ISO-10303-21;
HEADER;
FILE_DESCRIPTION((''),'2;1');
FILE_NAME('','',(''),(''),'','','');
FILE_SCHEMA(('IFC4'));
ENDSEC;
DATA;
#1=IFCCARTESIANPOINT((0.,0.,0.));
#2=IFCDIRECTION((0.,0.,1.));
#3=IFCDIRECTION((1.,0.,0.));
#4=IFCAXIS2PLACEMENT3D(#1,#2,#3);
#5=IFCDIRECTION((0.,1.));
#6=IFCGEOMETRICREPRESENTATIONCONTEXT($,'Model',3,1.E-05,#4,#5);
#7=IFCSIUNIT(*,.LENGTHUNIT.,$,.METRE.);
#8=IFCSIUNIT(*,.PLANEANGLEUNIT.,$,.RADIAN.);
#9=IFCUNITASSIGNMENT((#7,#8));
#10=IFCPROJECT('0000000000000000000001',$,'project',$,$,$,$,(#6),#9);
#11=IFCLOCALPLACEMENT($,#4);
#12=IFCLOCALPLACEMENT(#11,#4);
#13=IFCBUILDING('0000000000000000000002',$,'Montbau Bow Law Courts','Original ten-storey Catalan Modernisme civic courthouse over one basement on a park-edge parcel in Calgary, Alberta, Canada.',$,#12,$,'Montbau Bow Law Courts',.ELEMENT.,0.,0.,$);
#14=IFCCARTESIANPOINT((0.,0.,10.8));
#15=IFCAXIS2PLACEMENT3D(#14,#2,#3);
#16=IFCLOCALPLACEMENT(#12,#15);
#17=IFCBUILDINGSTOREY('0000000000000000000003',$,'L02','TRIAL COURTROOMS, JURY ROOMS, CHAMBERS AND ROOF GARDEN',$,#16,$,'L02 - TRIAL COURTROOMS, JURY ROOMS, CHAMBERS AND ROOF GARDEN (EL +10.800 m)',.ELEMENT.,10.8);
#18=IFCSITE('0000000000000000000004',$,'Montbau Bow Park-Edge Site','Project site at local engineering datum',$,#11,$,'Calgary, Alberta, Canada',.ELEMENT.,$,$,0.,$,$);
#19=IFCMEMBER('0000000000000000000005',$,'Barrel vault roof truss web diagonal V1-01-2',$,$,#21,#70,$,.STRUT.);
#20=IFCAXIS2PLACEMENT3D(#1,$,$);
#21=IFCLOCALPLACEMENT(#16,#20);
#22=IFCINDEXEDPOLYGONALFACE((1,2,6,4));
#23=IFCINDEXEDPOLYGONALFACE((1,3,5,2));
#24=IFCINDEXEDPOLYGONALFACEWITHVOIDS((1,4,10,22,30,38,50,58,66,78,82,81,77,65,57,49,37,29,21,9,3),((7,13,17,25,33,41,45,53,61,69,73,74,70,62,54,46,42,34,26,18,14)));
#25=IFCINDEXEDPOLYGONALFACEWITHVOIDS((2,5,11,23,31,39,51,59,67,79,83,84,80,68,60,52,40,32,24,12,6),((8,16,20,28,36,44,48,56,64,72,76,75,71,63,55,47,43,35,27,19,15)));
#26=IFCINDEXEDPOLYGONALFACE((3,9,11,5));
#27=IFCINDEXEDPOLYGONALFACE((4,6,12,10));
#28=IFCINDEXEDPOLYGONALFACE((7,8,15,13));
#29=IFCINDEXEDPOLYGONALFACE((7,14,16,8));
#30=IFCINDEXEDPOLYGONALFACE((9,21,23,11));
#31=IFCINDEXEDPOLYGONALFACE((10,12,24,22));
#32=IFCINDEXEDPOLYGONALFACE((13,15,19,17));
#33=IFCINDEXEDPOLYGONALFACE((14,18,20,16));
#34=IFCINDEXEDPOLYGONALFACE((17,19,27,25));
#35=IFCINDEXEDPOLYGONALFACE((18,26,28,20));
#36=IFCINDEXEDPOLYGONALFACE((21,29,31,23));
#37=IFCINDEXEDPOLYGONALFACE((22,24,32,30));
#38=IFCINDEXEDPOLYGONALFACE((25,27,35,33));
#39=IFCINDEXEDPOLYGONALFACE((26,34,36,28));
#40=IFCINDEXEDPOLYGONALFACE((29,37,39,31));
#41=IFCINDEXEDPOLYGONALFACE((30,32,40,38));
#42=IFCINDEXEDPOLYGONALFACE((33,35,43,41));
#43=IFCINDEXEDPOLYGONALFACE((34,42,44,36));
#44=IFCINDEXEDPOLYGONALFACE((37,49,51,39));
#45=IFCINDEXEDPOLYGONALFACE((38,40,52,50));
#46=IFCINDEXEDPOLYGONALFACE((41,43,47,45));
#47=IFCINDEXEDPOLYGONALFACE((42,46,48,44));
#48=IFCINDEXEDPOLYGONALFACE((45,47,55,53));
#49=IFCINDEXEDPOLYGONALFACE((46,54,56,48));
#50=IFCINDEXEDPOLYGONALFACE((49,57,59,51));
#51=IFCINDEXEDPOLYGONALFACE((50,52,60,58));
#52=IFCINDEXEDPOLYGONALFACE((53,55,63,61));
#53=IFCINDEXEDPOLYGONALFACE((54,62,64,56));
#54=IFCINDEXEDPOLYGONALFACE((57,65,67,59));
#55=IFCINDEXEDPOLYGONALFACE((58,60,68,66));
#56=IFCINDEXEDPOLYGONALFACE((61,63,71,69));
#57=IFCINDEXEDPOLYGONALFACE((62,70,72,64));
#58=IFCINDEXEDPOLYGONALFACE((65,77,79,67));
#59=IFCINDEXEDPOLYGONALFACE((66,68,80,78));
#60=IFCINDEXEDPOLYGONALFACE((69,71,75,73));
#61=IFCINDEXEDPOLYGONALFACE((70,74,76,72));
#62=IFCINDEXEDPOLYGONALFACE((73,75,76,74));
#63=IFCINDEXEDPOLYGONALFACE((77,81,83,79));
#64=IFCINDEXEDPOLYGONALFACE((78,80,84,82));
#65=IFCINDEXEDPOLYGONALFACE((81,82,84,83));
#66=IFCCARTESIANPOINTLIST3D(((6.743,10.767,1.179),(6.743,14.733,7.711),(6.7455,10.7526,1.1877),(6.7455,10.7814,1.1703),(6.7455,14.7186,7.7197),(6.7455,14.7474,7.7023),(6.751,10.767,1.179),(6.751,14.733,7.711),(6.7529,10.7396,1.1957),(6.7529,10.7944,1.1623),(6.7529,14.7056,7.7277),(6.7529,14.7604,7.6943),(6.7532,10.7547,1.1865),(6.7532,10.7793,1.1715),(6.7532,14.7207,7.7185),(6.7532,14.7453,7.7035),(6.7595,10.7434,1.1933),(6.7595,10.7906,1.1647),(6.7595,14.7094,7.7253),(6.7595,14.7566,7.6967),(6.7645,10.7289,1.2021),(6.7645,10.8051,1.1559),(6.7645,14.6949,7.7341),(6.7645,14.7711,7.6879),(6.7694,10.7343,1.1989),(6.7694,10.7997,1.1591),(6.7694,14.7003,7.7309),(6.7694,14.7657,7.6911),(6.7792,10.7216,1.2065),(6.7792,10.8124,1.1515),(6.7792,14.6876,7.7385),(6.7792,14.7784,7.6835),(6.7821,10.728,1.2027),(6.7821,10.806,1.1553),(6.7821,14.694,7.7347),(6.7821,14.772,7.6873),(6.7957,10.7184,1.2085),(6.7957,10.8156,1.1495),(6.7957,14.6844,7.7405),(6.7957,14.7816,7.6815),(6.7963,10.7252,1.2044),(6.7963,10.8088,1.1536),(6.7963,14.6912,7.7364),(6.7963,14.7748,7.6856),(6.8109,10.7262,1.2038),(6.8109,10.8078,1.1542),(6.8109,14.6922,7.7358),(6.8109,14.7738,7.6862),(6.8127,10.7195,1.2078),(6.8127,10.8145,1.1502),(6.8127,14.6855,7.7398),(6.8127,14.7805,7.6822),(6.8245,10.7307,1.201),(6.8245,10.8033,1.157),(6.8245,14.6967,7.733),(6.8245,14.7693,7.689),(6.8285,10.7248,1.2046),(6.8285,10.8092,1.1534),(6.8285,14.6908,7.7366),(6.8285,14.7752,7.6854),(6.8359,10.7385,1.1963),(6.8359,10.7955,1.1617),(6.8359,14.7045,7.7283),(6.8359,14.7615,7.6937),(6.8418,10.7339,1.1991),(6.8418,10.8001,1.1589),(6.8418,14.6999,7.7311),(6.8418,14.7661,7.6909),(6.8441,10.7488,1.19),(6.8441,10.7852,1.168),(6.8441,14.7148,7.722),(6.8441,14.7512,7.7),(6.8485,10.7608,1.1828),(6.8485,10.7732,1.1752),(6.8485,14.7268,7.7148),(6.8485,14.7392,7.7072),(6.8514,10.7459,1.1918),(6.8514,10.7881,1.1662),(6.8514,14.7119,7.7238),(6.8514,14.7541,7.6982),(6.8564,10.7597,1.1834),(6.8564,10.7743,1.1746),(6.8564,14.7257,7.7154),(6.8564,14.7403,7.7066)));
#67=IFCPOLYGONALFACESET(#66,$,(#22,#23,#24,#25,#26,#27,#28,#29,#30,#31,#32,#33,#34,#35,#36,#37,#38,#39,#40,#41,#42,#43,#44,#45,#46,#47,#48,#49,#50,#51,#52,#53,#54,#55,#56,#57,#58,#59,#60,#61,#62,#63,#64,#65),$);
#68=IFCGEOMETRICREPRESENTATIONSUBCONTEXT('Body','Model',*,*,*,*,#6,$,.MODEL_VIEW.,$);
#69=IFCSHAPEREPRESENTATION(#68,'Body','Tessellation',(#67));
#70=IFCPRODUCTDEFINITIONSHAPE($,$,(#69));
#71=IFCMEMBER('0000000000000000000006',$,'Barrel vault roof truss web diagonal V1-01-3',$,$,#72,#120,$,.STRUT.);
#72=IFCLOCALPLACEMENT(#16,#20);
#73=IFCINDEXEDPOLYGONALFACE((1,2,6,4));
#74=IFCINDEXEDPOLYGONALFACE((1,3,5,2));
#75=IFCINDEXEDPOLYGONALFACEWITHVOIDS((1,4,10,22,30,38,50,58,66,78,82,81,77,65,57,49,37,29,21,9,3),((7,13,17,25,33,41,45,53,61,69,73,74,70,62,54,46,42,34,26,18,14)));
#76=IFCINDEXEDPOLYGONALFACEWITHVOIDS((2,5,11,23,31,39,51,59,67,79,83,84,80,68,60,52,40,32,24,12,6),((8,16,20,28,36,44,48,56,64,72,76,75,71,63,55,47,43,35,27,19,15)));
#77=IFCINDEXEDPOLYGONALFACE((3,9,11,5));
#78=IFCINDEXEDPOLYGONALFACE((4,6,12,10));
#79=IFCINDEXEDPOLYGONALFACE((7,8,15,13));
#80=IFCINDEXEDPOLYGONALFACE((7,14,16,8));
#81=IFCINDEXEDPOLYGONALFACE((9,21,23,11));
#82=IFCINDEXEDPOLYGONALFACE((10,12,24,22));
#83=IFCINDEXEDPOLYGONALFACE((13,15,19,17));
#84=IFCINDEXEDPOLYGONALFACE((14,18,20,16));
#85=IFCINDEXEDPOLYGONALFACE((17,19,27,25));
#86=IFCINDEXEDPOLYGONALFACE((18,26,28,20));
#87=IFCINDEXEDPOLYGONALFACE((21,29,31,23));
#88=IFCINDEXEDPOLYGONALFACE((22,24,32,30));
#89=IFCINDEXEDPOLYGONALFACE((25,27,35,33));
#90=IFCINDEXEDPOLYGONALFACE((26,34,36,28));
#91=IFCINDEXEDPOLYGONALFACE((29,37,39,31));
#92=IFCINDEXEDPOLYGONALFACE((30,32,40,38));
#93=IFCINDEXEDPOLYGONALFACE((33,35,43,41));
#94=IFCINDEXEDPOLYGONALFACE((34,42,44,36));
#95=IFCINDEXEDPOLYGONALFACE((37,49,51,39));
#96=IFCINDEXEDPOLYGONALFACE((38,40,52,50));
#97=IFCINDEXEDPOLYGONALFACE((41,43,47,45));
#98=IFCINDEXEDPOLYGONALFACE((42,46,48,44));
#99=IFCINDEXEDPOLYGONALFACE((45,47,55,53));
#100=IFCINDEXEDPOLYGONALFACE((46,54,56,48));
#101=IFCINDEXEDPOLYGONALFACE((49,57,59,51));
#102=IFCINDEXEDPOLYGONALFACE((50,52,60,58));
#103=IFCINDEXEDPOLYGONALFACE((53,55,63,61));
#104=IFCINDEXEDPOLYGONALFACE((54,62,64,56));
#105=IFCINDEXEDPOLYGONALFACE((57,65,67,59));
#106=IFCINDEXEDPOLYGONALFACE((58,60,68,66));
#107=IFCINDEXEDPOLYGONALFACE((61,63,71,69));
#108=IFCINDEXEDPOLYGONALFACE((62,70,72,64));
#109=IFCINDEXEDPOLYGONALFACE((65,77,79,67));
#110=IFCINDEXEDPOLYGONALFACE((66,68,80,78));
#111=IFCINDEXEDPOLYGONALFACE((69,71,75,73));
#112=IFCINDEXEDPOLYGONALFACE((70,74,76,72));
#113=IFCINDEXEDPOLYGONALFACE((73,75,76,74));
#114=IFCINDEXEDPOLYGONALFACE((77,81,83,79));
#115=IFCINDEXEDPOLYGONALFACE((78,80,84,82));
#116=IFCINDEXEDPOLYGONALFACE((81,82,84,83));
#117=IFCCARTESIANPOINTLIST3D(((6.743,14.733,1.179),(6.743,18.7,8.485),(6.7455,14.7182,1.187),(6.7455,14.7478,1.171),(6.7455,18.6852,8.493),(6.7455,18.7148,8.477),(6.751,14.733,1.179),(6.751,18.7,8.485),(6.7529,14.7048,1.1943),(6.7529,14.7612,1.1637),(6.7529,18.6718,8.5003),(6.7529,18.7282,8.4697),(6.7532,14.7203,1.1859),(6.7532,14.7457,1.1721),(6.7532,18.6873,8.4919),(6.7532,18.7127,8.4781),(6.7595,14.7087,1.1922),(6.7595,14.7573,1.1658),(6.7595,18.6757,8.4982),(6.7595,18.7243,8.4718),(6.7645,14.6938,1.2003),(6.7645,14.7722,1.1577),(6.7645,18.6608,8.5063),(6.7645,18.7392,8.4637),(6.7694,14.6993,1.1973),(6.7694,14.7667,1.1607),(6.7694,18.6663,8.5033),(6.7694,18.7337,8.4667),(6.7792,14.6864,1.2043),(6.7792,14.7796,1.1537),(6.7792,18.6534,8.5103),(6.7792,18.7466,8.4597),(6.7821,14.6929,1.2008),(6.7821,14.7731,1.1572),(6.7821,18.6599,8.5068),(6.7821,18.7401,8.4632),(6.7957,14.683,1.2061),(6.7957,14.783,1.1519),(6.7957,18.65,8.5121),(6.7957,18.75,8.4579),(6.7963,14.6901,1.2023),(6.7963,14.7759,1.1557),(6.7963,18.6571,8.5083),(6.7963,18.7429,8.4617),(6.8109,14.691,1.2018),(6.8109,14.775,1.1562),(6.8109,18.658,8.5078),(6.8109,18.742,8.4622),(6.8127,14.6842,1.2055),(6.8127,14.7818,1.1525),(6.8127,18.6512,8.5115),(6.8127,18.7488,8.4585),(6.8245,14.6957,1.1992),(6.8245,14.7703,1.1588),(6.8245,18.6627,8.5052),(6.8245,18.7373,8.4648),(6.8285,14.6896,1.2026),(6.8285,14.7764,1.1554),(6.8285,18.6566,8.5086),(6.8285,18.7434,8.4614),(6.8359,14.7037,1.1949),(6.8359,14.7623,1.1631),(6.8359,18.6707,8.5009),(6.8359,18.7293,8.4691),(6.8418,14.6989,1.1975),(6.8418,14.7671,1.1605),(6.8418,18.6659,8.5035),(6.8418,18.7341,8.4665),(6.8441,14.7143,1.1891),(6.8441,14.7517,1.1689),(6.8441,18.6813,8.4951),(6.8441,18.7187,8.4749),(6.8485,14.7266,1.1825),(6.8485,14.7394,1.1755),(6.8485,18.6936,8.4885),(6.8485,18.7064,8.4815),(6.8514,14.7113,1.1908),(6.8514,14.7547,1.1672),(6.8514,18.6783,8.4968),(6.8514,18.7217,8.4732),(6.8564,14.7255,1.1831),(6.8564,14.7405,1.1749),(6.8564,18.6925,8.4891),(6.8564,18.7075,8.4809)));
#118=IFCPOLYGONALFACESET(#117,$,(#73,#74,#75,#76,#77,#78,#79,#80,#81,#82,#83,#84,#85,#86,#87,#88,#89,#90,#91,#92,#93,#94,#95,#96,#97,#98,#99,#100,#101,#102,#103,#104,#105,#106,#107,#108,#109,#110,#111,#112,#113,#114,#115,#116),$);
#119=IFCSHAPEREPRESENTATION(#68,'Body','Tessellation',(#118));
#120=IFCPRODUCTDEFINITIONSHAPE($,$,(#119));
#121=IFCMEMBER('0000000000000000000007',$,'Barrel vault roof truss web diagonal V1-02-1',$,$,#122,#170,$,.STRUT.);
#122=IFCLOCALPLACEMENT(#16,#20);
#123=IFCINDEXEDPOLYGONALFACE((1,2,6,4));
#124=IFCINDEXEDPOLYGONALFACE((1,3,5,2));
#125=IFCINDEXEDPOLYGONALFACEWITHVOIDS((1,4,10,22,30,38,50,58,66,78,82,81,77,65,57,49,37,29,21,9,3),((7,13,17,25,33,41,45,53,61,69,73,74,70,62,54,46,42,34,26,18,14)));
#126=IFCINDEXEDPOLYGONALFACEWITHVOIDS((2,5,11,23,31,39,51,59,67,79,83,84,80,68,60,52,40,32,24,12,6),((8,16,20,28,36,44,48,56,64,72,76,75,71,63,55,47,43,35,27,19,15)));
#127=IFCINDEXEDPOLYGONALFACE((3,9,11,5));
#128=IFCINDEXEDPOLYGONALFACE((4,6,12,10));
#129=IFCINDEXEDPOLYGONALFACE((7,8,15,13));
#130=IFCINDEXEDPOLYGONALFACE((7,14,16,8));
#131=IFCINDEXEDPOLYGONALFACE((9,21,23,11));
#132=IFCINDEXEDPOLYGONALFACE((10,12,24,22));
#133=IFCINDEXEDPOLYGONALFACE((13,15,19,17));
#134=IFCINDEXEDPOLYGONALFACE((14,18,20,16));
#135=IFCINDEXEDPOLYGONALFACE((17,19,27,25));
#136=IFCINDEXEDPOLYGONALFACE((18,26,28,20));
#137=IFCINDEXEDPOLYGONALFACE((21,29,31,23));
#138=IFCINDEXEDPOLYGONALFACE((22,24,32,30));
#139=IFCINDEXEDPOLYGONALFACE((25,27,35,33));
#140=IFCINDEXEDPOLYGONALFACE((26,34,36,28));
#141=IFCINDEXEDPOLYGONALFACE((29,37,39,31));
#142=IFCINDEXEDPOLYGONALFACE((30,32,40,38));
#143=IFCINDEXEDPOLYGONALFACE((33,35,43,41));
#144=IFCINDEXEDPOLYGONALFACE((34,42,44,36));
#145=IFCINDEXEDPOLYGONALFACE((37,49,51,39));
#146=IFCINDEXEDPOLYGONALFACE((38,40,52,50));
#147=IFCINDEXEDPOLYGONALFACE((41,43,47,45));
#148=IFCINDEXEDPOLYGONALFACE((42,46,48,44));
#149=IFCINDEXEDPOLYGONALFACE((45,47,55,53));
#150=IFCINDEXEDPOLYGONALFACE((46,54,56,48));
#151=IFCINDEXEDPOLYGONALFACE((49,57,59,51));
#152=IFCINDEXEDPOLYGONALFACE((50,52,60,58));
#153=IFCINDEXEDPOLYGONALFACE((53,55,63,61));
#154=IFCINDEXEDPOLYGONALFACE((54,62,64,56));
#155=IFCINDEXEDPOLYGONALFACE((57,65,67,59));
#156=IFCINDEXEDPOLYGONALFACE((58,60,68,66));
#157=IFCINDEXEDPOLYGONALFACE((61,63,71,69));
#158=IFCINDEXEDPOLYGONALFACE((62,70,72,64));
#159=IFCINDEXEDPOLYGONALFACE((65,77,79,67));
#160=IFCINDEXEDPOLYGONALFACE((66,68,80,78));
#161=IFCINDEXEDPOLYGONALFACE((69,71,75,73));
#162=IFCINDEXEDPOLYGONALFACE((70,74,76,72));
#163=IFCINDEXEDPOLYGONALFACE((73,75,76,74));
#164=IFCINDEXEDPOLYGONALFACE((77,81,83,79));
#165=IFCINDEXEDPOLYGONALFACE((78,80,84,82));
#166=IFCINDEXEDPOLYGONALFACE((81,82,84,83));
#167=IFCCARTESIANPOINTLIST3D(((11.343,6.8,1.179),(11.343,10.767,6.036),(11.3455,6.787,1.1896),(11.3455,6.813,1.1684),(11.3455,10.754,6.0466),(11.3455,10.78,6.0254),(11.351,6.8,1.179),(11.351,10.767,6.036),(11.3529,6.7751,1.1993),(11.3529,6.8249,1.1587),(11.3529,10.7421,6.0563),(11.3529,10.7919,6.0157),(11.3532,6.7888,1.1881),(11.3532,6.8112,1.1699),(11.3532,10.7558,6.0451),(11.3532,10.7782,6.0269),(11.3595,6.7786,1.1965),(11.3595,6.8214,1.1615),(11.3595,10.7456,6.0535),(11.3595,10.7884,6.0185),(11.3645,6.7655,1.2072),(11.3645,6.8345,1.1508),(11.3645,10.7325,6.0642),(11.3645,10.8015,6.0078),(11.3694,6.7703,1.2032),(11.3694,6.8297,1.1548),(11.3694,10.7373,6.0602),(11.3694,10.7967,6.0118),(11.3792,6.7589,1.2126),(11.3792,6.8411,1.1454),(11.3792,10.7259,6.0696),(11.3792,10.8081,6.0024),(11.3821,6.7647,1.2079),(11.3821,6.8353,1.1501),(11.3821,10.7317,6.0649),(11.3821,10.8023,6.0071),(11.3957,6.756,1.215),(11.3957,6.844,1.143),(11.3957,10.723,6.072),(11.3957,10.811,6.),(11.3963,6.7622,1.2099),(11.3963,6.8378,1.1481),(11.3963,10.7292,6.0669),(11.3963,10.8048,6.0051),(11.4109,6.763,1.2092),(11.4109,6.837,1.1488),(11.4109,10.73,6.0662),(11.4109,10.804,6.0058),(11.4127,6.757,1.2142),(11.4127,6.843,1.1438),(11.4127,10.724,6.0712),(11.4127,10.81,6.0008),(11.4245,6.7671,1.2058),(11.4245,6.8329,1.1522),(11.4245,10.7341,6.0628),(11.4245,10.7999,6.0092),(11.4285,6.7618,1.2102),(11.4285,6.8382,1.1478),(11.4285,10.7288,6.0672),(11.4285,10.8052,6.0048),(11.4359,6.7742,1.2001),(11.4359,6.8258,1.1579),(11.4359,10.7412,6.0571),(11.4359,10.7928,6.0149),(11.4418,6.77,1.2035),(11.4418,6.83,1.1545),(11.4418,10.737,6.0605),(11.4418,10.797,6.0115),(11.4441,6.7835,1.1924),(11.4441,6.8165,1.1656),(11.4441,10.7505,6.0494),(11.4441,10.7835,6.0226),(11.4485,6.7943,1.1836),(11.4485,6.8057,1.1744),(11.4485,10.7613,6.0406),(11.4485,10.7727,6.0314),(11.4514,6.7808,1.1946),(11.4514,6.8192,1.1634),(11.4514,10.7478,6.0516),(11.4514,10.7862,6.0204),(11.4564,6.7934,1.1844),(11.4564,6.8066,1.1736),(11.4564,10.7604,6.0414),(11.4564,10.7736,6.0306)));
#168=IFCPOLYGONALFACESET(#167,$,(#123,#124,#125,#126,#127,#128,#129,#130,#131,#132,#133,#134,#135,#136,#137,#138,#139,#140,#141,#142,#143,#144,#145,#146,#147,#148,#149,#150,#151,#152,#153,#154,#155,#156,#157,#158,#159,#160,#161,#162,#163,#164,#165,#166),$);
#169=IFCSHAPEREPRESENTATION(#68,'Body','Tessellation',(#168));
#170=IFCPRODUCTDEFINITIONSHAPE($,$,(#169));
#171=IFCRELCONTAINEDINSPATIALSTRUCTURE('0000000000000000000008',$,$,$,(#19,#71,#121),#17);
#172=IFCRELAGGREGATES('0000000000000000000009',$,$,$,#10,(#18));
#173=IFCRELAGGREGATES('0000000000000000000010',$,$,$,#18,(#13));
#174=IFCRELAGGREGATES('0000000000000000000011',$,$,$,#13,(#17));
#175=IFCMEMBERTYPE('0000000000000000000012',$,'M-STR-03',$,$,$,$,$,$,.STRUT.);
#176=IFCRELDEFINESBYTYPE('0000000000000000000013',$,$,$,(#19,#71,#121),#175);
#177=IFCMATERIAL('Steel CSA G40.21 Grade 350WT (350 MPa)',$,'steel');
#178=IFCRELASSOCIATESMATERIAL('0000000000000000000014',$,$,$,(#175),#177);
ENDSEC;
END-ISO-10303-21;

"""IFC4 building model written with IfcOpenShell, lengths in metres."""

from ifc_helpers import new_model, si_unit, direction, frame, origin_with_axes, origin_2d_with_axis, place, context, subcontext, project, spatial, hollow_circle, extrude, material, material_profile, profile_set, type_object, element, save


model = new_model("IFC4")

# Units and contexts
model_context = context("Model", 3, precision=1e-05, world=origin_with_axes(), true_north=direction((0.0, 1.0)))
body_context = subcontext(model_context, "Body", "Model", "MODEL_VIEW")
ifc_project = project(units=[si_unit("LENGTHUNIT", "METRE"), si_unit("PLANEANGLEUNIT", "RADIAN")], contexts=[model_context])

# Site, building, storey
site_placement = place(None, origin_with_axes())
site = spatial("IfcSite", under=ifc_project, at=site_placement, Name="Montbau Bow Park-Edge Site", Description="Project site at local engineering datum", LongName="Calgary, Alberta, Canada", CompositionType="ELEMENT", RefElevation=0.0)
building_placement = place(site_placement, origin_with_axes())
building = spatial("IfcBuilding", under=site, at=building_placement, Name="Montbau Bow Law Courts", Description="Original ten-storey Catalan Modernisme civic courthouse over one basement on a park-edge parcel in Calgary, Alberta, Canada.", LongName="Montbau Bow Law Courts", CompositionType="ELEMENT", ElevationOfRefHeight=0.0, ElevationOfTerrain=0.0)
storey_placement = place(building_placement, frame((0.0, 0.0, 10.8), z_axis=(0.0, 0.0, 1.0), x_axis=(1.0, 0.0, 0.0)))
storey = spatial("IfcBuildingStorey", under=building, at=storey_placement, Name="L02", Description="TRIAL COURTROOMS, JURY ROOMS, CHAMBERS AND ROOF GARDEN", LongName="L02 - TRIAL COURTROOMS, JURY ROOMS, CHAMBERS AND ROOF GARDEN (EL +10.800 m)", CompositionType="ELEMENT", Elevation=10.8)

# Members
ifc_material = material(Name="Steel CSA G40.21 Grade 350WT (350 MPa)", Category="steel")
ifc_material_profile_1 = material_profile(ifc_material, hollow_circle(Radius=0.057, WallThickness=0.008, at=origin_2d_with_axis()), Name="HSS114X8.0", Category="Main", Priority=0)
ifc_profile_set_1 = profile_set([ifc_material_profile_1], Name="Steel CSA G40.21 Grade 350WT (350 MPa)")
member_type_1 = type_object("IfcMemberType", Name="M-STR-03", PredefinedType="STRUT", material=ifc_profile_set_1)
member_1_placement = place(None, frame((6.8, 10.767, 11.979), z_axis=(0.0, 0.518992, 0.854779), x_axis=(-1.0, 0.0, 0.0)))
element("IfcMember", 1, at=member_1_placement, inside=storey, type_object=member_type_1, Name="Barrel vault roof truss web diagonal V1-01-2", PredefinedType="STRUT", context=body_context, shape_type="SweptSolid", body=[
    extrude(hollow_circle(Radius=0.057, WallThickness=0.008, at=origin_2d_with_axis()), origin_with_axes(), (0.0, 0.0, 1.0), 7.6417),
])
member_2_placement = place(None, frame((6.8, 14.733, 11.979), z_axis=(0.0, 0.477174, 0.878809), x_axis=(-1.0, 0.0, 0.0)))
element("IfcMember", 2, at=member_2_placement, inside=storey, type_object=member_type_1, Name="Barrel vault roof truss web diagonal V1-01-3", PredefinedType="STRUT", context=body_context, shape_type="SweptSolid", body=[
    extrude(hollow_circle(Radius=0.057, WallThickness=0.008, at=origin_2d_with_axis()), origin_with_axes(), (0.0, 0.0, 1.0), 8.3135),
])
member_3_placement = place(None, frame((11.4, 6.8, 11.979), z_axis=(0.0, 0.632578, 0.774497), x_axis=(-1.0, 0.0, 0.0)))
element("IfcMember", 3, at=member_3_placement, inside=storey, type_object=member_type_1, Name="Barrel vault roof truss web diagonal V1-02-1", PredefinedType="STRUT", context=body_context, shape_type="SweptSolid", body=[
    extrude(hollow_circle(Radius=0.057, WallThickness=0.008, at=origin_2d_with_axis()), origin_with_axes(), (0.0, 0.0, 1.0), 6.2712),
])

save(model, "model.ifc")
